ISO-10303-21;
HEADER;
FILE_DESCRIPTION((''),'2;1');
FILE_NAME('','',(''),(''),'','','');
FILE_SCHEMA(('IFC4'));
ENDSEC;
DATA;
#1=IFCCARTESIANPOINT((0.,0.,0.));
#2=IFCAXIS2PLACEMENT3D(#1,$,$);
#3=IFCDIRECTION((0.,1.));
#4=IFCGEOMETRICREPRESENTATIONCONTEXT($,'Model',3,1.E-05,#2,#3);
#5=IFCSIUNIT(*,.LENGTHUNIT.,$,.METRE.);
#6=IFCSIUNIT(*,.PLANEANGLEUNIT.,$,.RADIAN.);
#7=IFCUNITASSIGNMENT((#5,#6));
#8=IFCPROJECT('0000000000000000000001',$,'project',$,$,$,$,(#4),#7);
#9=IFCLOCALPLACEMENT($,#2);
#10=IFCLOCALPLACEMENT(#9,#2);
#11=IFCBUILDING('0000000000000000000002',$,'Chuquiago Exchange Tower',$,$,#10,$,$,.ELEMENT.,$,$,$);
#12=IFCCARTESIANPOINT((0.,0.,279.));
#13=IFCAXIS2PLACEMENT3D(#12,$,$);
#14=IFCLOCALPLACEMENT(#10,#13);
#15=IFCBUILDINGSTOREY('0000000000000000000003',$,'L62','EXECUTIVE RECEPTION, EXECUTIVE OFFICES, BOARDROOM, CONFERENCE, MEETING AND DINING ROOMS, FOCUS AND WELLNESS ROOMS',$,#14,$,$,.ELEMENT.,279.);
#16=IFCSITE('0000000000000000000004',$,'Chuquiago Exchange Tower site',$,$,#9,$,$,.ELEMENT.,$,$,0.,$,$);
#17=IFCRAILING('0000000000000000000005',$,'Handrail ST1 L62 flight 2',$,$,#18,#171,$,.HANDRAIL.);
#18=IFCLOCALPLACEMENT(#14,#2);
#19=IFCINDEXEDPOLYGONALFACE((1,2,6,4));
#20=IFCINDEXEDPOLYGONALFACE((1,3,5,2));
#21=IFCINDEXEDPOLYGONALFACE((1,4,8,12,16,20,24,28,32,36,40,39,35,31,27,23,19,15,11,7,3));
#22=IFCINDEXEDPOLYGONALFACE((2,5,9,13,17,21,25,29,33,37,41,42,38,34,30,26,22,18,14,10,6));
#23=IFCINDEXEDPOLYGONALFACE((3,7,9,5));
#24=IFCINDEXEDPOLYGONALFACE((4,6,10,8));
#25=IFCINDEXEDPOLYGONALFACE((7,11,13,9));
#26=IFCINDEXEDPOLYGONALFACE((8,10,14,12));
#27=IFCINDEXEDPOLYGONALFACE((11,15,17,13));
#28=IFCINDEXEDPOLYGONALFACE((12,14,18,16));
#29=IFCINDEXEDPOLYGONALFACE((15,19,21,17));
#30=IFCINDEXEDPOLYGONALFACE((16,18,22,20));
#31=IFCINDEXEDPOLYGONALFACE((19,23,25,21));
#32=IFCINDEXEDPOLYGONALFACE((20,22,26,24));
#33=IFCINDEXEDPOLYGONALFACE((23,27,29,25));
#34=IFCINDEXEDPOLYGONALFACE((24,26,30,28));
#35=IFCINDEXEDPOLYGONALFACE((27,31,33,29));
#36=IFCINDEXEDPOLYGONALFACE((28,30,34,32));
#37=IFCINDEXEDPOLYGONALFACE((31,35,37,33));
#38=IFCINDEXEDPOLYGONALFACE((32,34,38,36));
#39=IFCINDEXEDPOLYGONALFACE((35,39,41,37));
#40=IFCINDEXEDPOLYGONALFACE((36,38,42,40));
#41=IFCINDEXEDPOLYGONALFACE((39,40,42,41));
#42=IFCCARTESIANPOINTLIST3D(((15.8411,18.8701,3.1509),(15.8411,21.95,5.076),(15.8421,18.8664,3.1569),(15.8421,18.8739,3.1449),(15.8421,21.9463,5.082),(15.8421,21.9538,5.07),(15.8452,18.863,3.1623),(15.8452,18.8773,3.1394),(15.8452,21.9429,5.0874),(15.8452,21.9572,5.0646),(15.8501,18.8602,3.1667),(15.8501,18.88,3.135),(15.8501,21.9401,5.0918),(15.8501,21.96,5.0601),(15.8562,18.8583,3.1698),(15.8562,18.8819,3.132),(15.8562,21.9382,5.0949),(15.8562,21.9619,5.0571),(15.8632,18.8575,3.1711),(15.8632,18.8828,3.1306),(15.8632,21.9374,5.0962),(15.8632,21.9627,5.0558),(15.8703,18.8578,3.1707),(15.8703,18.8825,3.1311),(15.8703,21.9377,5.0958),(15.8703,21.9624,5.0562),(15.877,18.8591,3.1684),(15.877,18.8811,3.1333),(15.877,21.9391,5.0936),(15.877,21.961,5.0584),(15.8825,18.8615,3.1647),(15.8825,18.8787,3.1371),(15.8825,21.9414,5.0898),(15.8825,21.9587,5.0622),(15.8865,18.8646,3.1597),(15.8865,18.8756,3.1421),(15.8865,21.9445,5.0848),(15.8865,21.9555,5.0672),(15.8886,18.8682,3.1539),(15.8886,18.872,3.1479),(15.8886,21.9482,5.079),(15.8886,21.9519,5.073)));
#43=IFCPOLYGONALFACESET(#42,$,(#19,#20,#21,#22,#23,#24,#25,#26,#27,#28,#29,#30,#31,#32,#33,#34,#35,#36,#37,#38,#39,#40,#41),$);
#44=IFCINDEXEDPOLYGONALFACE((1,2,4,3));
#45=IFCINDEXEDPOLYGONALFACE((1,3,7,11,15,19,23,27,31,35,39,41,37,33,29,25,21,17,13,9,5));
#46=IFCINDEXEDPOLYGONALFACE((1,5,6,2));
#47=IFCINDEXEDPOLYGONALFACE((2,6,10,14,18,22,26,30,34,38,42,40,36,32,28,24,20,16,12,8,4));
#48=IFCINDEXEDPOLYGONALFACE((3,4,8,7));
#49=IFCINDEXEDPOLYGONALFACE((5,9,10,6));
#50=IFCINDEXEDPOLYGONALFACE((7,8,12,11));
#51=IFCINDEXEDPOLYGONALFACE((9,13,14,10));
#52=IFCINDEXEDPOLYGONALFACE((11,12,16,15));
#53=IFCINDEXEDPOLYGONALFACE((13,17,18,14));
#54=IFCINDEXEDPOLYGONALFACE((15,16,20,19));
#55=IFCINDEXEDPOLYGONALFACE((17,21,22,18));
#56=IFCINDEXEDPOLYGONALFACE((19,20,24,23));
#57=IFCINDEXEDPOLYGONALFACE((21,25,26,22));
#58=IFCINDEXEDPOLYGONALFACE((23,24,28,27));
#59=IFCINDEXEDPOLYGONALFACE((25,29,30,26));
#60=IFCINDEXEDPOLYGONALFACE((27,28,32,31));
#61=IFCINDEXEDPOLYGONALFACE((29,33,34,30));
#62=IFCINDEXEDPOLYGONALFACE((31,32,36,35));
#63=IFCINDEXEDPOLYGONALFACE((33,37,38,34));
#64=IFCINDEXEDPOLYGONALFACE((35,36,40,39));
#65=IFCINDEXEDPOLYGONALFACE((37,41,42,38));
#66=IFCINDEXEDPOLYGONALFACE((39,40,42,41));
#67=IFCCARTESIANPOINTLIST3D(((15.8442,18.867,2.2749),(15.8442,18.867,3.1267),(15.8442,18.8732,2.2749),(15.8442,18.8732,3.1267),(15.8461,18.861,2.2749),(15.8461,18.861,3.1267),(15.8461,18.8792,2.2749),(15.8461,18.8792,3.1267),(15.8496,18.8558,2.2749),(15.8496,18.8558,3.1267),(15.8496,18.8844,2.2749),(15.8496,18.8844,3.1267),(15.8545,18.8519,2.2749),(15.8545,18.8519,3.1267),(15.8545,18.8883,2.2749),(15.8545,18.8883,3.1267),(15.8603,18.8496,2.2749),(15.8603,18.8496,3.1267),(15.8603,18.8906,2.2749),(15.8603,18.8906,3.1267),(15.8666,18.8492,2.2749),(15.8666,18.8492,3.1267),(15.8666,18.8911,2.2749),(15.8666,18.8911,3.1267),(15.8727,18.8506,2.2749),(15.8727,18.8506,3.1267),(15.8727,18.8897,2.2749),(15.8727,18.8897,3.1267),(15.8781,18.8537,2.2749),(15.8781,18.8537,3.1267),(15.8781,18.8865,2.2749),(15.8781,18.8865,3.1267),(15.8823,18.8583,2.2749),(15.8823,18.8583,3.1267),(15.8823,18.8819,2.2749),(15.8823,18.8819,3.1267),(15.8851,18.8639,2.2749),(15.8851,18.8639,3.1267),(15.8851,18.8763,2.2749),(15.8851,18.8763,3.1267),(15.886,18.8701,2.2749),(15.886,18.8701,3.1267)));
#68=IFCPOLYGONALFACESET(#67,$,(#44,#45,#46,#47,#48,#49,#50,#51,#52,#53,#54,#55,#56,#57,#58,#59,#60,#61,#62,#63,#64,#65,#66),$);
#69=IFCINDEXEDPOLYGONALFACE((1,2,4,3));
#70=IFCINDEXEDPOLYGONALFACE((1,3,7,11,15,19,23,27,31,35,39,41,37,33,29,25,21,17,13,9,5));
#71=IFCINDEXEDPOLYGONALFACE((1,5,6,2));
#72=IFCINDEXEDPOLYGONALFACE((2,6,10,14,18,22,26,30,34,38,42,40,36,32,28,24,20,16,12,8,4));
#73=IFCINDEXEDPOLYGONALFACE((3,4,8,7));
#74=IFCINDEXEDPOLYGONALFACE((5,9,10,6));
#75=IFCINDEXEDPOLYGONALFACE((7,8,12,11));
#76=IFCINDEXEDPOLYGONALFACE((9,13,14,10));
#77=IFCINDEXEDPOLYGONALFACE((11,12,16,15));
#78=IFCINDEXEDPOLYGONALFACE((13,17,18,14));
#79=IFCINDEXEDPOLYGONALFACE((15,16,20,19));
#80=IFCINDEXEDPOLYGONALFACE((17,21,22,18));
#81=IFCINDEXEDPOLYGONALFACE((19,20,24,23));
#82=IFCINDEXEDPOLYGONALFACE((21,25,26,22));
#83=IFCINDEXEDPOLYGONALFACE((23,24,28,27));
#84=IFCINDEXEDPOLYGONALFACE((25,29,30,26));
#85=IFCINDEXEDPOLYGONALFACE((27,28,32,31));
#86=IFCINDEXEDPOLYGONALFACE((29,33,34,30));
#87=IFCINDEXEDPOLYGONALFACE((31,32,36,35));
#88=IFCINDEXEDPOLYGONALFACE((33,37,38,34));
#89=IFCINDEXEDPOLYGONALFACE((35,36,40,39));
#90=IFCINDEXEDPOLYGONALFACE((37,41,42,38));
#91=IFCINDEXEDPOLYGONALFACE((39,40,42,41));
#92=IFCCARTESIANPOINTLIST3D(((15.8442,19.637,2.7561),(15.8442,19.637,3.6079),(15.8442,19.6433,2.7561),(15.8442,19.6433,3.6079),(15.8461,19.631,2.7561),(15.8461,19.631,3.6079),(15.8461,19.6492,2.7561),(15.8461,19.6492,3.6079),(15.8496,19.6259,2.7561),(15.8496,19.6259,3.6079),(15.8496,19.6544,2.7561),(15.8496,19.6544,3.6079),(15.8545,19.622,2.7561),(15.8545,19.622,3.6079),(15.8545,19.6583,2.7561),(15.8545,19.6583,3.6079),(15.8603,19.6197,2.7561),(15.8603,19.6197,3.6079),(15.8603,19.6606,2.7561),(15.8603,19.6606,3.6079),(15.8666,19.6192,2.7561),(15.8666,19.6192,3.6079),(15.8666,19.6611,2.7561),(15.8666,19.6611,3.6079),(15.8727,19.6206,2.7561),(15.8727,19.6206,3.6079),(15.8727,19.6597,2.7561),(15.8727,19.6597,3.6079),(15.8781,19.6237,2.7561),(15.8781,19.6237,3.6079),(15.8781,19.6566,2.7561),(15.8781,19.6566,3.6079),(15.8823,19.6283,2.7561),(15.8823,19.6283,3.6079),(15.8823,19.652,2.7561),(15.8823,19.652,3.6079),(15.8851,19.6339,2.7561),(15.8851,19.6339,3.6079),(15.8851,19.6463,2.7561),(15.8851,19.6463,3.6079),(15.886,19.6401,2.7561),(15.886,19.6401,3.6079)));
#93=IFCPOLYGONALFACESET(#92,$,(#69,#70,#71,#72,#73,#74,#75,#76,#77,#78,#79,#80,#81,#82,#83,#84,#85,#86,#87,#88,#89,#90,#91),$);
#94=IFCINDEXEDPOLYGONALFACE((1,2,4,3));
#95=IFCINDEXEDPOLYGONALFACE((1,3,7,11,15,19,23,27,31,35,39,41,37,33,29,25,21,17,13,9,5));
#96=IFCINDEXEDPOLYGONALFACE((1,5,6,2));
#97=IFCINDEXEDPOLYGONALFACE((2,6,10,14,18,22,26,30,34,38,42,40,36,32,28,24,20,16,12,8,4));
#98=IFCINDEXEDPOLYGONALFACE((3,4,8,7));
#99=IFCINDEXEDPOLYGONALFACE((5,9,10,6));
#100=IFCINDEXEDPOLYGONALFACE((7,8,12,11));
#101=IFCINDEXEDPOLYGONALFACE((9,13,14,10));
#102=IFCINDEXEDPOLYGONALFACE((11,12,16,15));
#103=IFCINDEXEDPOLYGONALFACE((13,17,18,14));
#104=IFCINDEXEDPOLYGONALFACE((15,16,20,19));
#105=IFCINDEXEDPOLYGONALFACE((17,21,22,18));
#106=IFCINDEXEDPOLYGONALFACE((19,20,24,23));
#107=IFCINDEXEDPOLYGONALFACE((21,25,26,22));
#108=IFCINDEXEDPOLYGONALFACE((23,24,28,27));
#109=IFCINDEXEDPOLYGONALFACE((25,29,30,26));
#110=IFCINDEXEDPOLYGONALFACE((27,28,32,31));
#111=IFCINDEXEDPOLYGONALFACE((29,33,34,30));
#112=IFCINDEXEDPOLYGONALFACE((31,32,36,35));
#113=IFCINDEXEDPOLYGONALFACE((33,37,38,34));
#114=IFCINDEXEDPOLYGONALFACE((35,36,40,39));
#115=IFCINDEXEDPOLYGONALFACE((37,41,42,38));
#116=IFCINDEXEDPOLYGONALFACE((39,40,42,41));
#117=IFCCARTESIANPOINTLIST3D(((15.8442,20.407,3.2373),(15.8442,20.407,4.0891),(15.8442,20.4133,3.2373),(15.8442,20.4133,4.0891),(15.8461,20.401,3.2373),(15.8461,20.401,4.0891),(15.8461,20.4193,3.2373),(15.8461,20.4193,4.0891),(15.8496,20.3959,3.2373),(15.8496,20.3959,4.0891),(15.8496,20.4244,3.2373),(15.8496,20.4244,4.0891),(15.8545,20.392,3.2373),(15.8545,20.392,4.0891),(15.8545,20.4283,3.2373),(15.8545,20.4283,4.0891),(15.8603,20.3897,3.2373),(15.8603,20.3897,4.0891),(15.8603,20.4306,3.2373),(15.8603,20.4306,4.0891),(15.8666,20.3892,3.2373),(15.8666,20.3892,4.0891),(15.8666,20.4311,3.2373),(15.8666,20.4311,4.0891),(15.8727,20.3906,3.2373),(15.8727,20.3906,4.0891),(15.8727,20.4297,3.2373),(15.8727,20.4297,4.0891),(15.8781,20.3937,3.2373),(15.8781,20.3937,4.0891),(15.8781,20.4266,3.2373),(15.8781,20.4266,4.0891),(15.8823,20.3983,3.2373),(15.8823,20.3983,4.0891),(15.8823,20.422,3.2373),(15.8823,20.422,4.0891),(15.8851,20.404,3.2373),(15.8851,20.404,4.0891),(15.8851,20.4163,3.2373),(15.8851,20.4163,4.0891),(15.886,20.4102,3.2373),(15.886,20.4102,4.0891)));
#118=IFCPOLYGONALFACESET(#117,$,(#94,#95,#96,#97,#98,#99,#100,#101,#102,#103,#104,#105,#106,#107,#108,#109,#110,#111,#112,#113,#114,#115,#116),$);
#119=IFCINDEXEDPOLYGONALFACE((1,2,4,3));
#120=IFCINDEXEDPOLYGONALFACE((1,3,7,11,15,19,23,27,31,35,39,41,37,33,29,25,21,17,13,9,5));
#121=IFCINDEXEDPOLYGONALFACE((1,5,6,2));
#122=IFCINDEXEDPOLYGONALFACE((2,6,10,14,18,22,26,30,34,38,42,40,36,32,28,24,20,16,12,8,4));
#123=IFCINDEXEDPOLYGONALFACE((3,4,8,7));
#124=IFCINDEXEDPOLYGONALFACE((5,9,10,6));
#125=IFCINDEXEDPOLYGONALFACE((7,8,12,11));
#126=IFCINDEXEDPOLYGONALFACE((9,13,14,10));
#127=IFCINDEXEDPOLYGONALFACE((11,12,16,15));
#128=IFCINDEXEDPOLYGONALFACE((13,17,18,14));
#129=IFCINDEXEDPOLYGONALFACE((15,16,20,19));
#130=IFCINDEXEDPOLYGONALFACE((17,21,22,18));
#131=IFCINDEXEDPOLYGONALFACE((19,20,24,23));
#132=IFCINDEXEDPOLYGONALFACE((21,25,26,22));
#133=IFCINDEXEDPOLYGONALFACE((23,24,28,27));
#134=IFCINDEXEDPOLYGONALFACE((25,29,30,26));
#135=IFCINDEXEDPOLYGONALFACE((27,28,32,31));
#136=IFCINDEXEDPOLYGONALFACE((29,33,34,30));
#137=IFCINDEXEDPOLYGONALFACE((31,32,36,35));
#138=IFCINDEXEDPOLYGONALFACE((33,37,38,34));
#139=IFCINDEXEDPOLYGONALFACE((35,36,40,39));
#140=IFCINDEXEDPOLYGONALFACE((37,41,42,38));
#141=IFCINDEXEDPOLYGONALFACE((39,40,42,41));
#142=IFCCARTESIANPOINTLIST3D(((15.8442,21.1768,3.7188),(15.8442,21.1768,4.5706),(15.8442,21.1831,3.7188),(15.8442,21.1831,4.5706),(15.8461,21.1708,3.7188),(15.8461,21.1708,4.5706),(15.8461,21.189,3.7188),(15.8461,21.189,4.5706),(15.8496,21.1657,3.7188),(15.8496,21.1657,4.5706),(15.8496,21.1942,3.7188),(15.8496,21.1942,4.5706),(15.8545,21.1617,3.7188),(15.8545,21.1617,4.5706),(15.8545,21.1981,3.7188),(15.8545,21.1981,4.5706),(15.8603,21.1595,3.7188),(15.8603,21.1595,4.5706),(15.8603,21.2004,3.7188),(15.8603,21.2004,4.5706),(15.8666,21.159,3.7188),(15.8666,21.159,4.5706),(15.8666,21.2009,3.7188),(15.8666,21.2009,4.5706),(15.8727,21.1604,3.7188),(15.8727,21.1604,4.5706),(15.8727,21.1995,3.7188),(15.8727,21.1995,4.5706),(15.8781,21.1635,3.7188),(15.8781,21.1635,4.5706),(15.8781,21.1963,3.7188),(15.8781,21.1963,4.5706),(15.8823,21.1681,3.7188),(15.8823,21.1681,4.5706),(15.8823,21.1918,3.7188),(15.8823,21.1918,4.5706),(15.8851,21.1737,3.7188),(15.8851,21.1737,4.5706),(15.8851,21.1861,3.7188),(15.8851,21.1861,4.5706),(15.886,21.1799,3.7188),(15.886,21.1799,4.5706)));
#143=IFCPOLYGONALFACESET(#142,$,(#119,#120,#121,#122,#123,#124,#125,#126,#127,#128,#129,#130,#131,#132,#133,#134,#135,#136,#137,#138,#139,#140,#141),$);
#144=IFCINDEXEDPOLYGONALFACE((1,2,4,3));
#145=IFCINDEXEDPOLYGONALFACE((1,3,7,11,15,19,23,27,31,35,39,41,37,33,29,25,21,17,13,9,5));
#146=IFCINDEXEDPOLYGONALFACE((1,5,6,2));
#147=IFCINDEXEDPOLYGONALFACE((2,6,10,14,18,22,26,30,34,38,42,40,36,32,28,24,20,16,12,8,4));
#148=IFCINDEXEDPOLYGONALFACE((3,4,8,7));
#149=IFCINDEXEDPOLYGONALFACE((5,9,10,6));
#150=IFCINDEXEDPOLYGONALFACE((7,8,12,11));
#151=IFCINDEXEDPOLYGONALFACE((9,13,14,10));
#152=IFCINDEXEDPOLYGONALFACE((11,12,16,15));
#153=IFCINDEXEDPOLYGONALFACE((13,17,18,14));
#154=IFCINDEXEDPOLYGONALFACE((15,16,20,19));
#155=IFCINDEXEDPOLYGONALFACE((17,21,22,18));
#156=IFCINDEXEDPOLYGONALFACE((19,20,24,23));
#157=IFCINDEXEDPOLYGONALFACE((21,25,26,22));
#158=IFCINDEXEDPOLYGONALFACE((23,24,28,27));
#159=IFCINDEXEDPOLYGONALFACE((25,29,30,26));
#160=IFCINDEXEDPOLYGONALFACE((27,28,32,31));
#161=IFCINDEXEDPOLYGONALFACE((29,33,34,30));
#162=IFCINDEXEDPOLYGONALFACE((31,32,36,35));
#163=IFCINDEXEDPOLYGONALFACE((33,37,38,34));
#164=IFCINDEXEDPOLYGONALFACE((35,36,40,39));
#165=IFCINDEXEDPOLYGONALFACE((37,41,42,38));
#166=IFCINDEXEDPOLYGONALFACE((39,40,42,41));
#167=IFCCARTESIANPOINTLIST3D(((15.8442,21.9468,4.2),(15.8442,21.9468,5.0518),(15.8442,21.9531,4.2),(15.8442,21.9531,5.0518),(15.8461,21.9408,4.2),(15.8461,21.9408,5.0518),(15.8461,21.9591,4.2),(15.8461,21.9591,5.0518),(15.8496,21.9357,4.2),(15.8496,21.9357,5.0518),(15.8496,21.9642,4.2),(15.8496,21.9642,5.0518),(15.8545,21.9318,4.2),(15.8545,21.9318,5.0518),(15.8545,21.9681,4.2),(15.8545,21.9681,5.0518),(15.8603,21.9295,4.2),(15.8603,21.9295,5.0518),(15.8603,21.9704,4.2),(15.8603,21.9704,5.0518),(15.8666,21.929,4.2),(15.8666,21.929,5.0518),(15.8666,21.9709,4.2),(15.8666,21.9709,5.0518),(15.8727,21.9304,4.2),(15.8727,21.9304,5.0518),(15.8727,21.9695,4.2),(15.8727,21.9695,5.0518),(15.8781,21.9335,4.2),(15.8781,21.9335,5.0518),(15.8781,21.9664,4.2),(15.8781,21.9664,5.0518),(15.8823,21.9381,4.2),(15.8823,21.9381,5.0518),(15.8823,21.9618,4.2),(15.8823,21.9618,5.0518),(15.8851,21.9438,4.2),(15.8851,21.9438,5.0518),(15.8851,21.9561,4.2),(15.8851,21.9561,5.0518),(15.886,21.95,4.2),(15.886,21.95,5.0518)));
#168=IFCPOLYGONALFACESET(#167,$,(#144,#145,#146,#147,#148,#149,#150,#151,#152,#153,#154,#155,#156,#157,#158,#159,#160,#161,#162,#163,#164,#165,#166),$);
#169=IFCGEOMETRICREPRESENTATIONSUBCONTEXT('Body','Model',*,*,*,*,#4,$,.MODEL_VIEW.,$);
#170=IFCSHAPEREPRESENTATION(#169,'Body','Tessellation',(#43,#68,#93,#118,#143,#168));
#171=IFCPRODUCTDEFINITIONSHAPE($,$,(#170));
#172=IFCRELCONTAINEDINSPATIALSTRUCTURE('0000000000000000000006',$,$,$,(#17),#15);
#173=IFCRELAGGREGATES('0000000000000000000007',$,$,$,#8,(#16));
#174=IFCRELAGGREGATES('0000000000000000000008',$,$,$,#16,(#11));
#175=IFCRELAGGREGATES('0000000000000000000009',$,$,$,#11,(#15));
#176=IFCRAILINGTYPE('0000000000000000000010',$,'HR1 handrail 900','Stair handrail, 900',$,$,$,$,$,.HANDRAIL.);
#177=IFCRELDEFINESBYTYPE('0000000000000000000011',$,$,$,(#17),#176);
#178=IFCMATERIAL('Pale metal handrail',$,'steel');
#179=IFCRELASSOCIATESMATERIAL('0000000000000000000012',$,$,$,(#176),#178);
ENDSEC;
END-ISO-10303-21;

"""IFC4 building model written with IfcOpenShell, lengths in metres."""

from ifc_helpers import new_model, si_unit, direction, frame, origin, origin_2d, place, context, subcontext, project, spatial, circle, extrude, material, type_object, element, save


model = new_model("IFC4")

# Units and contexts
model_context = context("Model", 3, precision=1e-05, world=origin(), true_north=direction((0.0, 1.0)))
body_context = subcontext(model_context, "Body", "Model", "MODEL_VIEW")
ifc_project = project(units=[si_unit("LENGTHUNIT", "METRE"), si_unit("PLANEANGLEUNIT", "RADIAN")], contexts=[model_context])

# Site, building, storey
site_placement = place(None, origin())
site = spatial("IfcSite", under=ifc_project, at=site_placement, Name="Chuquiago Exchange Tower site", CompositionType="ELEMENT", RefElevation=0.0)
building_placement = place(site_placement, origin())
building = spatial("IfcBuilding", under=site, at=building_placement, Name="Chuquiago Exchange Tower", CompositionType="ELEMENT")
storey_placement = place(building_placement, frame((0.0, 0.0, 279.0)))
storey = spatial("IfcBuildingStorey", under=building, at=storey_placement, Name="L62", Description="EXECUTIVE RECEPTION, EXECUTIVE OFFICES, BOARDROOM, CONFERENCE, MEETING AND DINING ROOMS, FOCUS AND WELLNESS ROOMS", CompositionType="ELEMENT", Elevation=279.0)

# Railing
ifc_material_1 = material(Name="Pale metal handrail", Category="steel")
railing_type_1 = type_object("IfcRailingType", Name="HR1 handrail 900", Description="Stair handrail, 900", PredefinedType="HANDRAIL", material=ifc_material_1)
for number, where, name in (
    (1, (15.865, 18.8701, 2.2749), "Handrail ST1 L62 flight 2"),
):
    element("IfcRailing", number, at=place(storey_placement, frame(where)), inside=storey, type_object=railing_type_1, Name=name, PredefinedType="HANDRAIL", context=body_context, shape_type="SweptSolid", body=[
        extrude(circle(Radius=0.0239, at=origin_2d()), frame((0.0, 0.0, 0.876), z_axis=(0.0, 0.847979, 0.530029), x_axis=(-1.0, 0.0, 0.0)), (0.0, 0.0, 1.0), 3.6321),
        extrude(circle(Radius=0.021, at=origin_2d()), origin(), (0.0, 0.0, 1.0), 0.8518),
        extrude(circle(Radius=0.021, at=origin_2d()), frame((0.0, 0.77, 0.4812)), (0.0, 0.0, 1.0), 0.8518),
        extrude(circle(Radius=0.021, at=origin_2d()), frame((0.0, 1.54, 0.9624)), (0.0, 0.0, 1.0), 0.8518),
        extrude(circle(Radius=0.021, at=origin_2d()), frame((0.0, 2.3098, 1.4438)), (0.0, 0.0, 1.0), 0.8518),
        extrude(circle(Radius=0.021, at=origin_2d()), frame((0.0, 3.0798, 1.925)), (0.0, 0.0, 1.0), 0.8518),
    ])

save(model, "model.ifc")
